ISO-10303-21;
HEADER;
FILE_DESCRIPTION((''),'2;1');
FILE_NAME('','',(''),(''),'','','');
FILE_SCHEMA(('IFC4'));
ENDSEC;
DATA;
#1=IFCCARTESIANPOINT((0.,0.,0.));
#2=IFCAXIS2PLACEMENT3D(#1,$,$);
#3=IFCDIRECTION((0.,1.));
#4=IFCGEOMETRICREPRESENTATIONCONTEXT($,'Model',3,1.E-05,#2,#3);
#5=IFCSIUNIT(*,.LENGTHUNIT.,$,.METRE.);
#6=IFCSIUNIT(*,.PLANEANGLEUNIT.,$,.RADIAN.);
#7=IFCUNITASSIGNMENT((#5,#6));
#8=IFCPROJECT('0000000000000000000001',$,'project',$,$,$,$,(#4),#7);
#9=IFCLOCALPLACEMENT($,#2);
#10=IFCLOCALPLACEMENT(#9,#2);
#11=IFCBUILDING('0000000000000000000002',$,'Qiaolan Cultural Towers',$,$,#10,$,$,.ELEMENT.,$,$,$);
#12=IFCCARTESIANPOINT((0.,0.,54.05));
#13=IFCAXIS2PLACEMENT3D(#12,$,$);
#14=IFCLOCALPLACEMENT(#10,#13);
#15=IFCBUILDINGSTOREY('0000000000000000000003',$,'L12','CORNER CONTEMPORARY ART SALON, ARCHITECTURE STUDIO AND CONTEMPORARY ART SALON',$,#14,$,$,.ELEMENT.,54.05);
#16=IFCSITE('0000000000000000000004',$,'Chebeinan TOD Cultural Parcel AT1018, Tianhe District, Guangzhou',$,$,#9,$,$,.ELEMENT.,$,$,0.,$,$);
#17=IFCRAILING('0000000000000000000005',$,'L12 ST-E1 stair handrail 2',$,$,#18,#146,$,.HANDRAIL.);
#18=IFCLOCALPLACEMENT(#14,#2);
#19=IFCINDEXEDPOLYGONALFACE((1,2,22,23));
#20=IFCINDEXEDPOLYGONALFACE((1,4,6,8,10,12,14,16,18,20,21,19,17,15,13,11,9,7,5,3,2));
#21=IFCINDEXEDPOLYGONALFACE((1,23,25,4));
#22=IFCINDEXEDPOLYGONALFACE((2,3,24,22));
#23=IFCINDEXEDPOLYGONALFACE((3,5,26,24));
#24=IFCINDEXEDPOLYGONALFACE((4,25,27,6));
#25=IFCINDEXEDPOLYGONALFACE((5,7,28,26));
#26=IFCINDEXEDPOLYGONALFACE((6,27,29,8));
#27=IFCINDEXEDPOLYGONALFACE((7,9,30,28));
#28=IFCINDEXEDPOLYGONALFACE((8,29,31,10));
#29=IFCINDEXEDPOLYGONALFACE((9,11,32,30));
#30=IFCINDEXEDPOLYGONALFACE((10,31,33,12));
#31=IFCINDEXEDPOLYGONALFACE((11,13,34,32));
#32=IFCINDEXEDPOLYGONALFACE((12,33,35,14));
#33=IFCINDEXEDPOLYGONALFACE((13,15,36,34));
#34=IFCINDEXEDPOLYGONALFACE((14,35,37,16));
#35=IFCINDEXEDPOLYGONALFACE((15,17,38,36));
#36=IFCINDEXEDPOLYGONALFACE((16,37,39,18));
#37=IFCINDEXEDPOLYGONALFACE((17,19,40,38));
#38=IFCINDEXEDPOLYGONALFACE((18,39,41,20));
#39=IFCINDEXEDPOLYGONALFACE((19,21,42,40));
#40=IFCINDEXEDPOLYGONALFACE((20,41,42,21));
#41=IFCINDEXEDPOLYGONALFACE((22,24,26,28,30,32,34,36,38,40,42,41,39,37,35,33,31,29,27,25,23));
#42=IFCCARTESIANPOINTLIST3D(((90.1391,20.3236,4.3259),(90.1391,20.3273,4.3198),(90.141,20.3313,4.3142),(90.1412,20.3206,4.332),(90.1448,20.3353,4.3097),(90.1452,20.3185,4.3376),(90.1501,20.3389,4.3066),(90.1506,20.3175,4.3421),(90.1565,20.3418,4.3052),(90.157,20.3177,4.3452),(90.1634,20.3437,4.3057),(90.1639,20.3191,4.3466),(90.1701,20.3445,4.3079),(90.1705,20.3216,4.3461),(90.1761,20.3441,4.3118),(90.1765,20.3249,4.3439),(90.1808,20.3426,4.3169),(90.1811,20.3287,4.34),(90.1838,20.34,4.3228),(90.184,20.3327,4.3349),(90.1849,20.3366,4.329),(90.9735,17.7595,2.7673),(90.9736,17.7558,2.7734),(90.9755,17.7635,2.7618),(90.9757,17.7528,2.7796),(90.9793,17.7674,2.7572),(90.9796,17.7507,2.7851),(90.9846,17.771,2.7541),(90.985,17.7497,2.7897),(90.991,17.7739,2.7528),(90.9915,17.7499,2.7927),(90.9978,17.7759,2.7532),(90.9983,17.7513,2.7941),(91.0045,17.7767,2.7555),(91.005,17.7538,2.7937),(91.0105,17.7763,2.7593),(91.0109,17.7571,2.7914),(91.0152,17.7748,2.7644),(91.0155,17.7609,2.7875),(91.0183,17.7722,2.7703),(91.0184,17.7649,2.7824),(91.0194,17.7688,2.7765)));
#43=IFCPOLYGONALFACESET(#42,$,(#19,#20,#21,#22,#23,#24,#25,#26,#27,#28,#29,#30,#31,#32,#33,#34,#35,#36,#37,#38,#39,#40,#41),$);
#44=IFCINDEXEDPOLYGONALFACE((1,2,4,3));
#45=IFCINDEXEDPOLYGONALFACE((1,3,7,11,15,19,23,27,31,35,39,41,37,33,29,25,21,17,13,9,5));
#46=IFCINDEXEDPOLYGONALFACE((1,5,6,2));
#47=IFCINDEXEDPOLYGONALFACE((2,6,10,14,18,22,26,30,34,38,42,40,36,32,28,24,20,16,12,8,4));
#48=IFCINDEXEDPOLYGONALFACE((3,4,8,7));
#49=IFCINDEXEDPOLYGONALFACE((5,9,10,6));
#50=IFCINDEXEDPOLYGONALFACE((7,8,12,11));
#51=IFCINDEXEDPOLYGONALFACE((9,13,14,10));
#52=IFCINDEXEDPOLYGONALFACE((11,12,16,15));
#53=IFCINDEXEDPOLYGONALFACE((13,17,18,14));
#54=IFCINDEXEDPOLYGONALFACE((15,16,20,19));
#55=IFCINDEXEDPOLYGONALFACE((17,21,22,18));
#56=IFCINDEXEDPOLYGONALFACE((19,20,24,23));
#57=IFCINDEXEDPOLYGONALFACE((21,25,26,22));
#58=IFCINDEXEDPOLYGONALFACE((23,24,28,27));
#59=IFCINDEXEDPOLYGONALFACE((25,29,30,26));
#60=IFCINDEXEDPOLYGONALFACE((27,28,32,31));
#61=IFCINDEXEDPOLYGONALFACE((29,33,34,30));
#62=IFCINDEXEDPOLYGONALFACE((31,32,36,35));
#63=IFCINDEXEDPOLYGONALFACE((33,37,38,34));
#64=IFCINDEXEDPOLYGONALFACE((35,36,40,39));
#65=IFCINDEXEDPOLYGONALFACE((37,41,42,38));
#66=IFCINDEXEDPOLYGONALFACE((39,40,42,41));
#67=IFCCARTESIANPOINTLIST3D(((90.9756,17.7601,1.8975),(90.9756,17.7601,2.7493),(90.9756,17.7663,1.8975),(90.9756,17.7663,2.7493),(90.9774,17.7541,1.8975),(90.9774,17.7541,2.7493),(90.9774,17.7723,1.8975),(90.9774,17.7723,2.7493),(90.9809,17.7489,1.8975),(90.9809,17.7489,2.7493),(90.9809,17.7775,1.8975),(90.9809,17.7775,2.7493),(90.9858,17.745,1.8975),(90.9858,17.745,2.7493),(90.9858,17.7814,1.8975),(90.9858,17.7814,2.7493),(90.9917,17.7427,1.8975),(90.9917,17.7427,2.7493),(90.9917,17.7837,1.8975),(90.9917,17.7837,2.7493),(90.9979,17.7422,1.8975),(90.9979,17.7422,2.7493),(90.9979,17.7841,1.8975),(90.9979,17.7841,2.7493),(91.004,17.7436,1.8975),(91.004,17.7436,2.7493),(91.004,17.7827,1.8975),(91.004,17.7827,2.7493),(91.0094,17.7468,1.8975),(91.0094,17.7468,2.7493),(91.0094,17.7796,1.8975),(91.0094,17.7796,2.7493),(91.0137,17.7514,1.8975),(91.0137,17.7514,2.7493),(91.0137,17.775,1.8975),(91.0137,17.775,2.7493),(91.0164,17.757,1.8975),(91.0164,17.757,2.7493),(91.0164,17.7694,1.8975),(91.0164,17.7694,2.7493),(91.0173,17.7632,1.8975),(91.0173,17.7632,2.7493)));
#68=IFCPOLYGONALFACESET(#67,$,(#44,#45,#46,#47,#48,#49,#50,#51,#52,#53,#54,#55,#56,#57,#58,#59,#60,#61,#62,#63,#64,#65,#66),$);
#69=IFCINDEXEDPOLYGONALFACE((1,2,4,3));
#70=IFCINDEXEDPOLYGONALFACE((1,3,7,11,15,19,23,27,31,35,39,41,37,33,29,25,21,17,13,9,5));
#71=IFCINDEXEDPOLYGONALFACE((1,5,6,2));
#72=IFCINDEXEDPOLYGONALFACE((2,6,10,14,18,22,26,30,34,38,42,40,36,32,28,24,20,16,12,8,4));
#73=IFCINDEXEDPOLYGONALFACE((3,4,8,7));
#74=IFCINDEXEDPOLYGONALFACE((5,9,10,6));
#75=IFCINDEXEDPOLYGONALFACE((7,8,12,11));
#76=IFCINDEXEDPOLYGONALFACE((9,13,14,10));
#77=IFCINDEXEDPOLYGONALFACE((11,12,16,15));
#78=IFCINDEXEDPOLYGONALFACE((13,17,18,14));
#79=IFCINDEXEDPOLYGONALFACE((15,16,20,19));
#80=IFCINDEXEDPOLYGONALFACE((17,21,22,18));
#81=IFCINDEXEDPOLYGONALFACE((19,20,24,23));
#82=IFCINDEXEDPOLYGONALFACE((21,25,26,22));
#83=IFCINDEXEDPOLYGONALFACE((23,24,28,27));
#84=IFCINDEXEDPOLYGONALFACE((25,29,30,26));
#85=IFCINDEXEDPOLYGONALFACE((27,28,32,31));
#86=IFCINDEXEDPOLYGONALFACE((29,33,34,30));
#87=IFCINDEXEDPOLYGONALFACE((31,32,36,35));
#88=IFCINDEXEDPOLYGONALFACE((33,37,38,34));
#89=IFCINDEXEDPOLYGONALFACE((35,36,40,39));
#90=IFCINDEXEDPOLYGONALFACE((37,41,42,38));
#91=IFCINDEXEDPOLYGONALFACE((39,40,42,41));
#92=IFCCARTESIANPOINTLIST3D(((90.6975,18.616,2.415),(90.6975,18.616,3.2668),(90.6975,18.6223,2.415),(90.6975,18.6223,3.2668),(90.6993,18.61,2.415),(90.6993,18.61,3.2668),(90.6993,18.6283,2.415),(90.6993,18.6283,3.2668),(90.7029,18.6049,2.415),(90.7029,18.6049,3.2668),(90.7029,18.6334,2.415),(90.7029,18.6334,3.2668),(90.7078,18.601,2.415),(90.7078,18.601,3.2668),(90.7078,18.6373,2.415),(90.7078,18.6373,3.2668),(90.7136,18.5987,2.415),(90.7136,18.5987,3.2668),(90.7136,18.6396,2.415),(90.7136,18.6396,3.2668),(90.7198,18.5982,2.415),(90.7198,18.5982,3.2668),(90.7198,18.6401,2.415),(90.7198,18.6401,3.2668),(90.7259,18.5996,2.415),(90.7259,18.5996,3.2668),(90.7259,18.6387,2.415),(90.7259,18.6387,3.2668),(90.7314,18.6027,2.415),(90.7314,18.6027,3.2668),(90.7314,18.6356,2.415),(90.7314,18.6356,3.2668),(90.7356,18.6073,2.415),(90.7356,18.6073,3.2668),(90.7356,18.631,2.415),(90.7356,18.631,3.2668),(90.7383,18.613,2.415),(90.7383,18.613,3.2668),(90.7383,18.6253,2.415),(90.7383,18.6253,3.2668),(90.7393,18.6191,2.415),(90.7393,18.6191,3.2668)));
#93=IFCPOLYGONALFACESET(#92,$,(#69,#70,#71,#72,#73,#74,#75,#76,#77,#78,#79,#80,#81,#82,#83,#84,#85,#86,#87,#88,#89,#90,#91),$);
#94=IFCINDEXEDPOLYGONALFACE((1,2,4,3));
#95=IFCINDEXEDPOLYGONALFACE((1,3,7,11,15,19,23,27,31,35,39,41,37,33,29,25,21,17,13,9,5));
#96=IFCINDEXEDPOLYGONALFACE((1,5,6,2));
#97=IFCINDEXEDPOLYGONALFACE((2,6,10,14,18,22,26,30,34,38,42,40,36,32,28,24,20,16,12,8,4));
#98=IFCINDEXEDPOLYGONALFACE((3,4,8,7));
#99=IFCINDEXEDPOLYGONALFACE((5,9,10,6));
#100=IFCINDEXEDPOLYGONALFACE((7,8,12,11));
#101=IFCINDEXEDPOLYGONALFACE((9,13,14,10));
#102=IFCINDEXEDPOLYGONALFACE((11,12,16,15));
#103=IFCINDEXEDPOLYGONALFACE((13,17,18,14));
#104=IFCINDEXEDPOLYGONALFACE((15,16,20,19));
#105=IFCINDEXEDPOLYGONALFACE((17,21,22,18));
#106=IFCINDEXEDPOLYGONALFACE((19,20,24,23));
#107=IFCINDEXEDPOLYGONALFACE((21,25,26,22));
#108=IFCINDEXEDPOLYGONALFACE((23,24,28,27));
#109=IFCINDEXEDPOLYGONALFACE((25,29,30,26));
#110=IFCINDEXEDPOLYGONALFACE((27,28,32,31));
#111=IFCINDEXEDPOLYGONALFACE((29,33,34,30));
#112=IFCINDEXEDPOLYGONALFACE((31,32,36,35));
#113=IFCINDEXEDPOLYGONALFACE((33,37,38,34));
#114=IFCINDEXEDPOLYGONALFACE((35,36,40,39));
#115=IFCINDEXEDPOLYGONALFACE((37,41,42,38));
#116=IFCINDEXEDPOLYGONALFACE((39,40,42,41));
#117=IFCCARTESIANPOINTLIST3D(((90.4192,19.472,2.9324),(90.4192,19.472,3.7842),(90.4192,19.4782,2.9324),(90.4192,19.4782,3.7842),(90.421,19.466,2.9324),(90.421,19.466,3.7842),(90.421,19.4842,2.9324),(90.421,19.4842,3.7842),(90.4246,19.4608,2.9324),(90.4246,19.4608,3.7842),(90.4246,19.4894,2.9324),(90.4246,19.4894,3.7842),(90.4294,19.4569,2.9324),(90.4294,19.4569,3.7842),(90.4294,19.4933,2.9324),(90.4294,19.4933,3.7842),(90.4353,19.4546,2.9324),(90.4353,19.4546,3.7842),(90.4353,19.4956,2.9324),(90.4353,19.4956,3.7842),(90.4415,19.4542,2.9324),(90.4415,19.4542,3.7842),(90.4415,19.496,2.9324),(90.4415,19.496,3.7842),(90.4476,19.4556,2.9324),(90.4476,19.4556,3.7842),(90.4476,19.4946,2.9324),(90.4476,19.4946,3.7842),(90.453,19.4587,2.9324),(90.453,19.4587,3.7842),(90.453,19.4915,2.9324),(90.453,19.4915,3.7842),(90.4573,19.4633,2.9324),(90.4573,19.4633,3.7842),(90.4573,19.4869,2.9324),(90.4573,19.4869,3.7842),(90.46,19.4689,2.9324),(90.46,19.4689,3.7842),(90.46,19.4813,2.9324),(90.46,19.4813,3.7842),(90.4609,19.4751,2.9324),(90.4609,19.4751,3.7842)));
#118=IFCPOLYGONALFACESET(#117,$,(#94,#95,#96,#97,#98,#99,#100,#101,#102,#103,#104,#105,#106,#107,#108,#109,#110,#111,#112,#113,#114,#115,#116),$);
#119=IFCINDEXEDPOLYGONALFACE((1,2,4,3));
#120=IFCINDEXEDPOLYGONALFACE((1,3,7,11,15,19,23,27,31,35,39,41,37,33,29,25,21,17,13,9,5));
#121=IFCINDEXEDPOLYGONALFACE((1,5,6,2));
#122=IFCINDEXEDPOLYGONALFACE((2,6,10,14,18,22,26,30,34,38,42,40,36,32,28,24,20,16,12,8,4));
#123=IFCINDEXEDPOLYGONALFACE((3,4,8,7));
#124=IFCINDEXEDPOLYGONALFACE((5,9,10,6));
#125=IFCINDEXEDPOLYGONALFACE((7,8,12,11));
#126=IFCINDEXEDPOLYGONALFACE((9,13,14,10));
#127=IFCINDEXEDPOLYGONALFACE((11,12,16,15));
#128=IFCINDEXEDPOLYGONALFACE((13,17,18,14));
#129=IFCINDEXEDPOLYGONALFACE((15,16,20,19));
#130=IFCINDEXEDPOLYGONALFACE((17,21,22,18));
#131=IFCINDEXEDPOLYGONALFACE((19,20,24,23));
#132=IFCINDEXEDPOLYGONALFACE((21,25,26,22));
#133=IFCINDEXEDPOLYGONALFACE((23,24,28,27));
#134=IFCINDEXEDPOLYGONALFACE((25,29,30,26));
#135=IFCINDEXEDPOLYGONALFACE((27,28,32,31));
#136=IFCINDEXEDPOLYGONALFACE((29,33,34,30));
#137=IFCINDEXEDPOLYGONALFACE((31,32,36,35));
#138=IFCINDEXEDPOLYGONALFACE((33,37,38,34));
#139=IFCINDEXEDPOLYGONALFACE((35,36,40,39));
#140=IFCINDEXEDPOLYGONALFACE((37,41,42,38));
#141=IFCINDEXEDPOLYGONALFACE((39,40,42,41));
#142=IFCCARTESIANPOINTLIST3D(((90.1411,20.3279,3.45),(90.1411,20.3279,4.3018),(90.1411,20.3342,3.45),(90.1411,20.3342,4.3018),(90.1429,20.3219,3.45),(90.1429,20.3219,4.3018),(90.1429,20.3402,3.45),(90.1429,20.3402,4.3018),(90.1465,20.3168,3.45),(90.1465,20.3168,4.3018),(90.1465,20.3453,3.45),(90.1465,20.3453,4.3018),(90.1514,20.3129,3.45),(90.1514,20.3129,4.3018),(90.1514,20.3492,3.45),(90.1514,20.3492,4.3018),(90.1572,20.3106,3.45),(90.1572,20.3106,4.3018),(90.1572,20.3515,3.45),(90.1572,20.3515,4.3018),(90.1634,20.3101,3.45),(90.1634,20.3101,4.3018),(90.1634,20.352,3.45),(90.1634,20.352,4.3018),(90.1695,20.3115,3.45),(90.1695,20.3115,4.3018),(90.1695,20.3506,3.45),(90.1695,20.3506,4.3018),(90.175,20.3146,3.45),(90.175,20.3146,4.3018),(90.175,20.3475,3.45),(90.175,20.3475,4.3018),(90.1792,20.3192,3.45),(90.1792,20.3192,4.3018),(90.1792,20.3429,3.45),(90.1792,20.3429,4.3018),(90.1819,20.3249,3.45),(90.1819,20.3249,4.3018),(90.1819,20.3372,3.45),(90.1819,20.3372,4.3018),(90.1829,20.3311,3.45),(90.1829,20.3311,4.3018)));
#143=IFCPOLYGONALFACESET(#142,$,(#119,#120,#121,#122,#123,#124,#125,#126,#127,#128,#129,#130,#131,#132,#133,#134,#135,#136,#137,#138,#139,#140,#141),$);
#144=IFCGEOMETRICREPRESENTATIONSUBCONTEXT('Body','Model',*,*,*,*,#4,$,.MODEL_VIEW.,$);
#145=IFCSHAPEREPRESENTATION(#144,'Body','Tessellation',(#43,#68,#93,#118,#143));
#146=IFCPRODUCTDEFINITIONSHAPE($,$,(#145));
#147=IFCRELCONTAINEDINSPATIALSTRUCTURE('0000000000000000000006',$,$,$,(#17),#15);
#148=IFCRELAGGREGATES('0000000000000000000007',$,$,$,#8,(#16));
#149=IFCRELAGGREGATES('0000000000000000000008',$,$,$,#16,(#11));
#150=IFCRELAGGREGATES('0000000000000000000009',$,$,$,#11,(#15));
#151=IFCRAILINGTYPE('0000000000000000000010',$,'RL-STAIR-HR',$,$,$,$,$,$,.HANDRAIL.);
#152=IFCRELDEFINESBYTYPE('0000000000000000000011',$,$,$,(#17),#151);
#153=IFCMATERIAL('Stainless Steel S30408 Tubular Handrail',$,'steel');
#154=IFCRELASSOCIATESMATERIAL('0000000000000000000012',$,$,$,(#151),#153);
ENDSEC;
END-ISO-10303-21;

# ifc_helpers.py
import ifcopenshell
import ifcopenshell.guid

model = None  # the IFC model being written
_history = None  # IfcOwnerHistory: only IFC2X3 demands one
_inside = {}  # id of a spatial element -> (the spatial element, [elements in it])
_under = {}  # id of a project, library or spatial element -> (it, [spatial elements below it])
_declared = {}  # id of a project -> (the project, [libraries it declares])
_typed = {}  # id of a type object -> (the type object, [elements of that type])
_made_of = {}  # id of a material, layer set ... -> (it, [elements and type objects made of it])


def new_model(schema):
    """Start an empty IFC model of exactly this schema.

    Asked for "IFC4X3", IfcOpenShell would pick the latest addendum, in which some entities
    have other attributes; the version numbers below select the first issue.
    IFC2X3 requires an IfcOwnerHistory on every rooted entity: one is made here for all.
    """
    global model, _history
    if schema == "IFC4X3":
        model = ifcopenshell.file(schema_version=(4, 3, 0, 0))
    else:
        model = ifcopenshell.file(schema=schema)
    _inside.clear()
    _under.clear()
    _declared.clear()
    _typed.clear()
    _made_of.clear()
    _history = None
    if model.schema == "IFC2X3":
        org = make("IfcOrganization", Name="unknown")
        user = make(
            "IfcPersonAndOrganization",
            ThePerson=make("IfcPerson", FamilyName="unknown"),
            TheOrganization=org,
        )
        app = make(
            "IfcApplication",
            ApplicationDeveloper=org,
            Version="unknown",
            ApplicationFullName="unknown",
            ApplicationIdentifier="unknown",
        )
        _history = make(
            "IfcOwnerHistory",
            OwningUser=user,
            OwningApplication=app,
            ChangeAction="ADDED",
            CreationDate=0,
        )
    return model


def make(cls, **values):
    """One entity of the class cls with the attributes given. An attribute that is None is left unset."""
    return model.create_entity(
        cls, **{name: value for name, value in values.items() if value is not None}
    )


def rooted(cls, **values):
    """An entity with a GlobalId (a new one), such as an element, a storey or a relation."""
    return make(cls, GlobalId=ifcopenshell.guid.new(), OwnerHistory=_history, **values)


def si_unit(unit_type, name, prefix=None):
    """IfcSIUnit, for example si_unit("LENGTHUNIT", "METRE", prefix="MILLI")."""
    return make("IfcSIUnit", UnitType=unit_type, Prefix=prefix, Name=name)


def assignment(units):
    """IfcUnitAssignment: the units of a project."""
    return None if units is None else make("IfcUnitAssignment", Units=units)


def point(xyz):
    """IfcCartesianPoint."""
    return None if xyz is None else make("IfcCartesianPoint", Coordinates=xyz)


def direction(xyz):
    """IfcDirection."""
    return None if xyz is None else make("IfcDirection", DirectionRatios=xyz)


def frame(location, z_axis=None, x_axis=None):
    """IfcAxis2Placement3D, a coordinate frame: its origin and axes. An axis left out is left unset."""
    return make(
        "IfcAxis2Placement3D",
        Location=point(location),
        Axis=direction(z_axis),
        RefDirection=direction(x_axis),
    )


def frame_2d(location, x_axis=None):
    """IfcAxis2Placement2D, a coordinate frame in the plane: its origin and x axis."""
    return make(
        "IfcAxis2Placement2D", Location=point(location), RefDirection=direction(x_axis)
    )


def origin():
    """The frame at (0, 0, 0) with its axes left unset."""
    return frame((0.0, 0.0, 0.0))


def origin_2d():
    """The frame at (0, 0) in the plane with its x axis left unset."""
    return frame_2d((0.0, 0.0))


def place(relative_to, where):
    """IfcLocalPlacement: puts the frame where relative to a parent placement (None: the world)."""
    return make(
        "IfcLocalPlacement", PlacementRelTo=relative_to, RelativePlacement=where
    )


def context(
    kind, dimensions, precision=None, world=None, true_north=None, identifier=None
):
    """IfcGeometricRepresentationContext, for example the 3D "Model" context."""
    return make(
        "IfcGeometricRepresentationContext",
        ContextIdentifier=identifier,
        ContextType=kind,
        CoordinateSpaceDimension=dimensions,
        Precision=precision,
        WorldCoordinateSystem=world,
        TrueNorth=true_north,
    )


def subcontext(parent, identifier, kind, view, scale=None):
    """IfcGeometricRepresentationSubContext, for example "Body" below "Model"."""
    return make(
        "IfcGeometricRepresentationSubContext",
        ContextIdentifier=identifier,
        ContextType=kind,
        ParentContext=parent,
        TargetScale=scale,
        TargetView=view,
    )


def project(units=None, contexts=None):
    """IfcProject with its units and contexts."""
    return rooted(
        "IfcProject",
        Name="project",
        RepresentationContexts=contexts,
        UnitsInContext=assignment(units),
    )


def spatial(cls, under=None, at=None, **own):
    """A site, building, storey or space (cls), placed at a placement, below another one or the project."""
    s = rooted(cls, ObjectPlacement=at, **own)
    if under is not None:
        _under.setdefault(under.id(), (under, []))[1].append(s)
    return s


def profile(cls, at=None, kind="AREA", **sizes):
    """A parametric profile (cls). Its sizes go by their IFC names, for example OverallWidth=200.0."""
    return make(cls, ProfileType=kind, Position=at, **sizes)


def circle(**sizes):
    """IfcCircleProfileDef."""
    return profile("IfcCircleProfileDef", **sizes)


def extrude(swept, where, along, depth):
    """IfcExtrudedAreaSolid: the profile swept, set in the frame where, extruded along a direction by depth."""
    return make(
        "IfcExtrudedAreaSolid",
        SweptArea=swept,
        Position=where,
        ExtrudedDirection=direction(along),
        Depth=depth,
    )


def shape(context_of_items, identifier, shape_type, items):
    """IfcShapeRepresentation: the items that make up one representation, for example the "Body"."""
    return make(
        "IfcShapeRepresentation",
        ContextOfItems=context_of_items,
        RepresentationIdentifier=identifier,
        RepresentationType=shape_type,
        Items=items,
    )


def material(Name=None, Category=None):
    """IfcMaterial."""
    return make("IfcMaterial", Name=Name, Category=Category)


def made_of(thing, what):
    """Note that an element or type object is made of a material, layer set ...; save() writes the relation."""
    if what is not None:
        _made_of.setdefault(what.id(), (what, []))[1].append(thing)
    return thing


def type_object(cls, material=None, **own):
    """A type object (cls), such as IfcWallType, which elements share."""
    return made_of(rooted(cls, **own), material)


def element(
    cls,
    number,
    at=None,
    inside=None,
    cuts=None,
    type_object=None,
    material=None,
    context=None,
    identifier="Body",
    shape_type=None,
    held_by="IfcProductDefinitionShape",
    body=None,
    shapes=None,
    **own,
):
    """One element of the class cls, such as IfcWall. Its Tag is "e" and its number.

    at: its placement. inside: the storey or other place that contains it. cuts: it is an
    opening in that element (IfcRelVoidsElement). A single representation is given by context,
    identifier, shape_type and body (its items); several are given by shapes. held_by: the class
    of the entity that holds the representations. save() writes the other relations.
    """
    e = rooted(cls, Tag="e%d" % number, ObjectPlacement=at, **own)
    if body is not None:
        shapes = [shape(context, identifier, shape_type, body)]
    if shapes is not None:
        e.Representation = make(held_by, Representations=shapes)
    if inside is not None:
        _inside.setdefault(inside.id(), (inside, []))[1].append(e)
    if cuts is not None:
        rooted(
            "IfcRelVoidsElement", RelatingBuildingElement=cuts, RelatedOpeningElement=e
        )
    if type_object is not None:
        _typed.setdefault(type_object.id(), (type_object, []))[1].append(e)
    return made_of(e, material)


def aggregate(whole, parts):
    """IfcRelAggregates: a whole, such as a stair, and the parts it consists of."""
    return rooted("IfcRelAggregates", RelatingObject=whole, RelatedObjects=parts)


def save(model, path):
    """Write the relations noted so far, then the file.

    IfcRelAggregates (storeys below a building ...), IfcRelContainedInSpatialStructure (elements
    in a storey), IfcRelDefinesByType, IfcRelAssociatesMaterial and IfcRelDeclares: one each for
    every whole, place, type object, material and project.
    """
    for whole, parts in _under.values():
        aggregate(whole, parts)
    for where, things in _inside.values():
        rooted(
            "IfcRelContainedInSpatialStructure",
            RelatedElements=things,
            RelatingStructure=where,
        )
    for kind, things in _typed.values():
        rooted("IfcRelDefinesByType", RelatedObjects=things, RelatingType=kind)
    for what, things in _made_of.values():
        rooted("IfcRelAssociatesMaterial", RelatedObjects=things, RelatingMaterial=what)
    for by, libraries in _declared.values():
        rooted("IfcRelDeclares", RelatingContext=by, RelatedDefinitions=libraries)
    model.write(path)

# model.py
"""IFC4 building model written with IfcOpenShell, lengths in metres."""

from ifc_helpers import new_model, si_unit, direction, frame, origin, origin_2d, place, context, subcontext, project, spatial, circle, extrude, material, type_object, element, save


model = new_model("IFC4")

# Units and contexts
model_context = context("Model", 3, precision=1e-05, world=origin(), true_north=direction((0.0, 1.0)))
body_context = subcontext(model_context, "Body", "Model", "MODEL_VIEW")
ifc_project = project(units=[si_unit("LENGTHUNIT", "METRE"), si_unit("PLANEANGLEUNIT", "RADIAN")], contexts=[model_context])

# Site, building, storey
site_placement = place(None, origin())
site = spatial("IfcSite", under=ifc_project, at=site_placement, Name="Chebeinan TOD Cultural Parcel AT1018, Tianhe District, Guangzhou", CompositionType="ELEMENT", RefElevation=0.0)
building_placement = place(site_placement, origin())
building = spatial("IfcBuilding", under=site, at=building_placement, Name="Qiaolan Cultural Towers", CompositionType="ELEMENT")
storey_placement = place(building_placement, frame((0.0, 0.0, 54.05)))
storey = spatial("IfcBuildingStorey", under=building, at=storey_placement, Name="L12", Description="CORNER CONTEMPORARY ART SALON, ARCHITECTURE STUDIO AND CONTEMPORARY ART SALON", CompositionType="ELEMENT", Elevation=54.05)

# Railing
ifc_material_1 = material(Name="Stainless Steel S30408 Tubular Handrail", Category="steel")
railing_type_1 = type_object("IfcRailingType", Name="RL-STAIR-HR", PredefinedType="HANDRAIL", material=ifc_material_1)
railing_1_placement = place(storey_placement, frame((90.9963, 17.7632, 1.8975)))
element("IfcRailing", 1, at=railing_1_placement, inside=storey, type_object=railing_type_1, Name="L12 ST-E1 stair handrail 2", PredefinedType="HANDRAIL", context=body_context, shape_type="SweptSolid", body=[
    extrude(circle(Radius=0.0239, at=origin_2d()), frame((0.0, 0.0, 0.876), z_axis=(-0.267926, 0.824471, 0.498461), x_axis=(-0.951043, -0.309057, 0.0)), (0.0, 0.0, 1.0), 3.1145),
    extrude(circle(Radius=0.021, at=origin_2d()), origin(), (0.0, 0.0, 1.0), 0.8518),
    extrude(circle(Radius=0.021, at=origin_2d()), frame((-0.2781, 0.856, 0.5176)), (0.0, 0.0, 1.0), 0.8518),
    extrude(circle(Radius=0.021, at=origin_2d()), frame((-0.5564, 1.7119, 1.0349)), (0.0, 0.0, 1.0), 0.8518),
    extrude(circle(Radius=0.021, at=origin_2d()), frame((-0.8345, 2.5679, 1.5525)), (0.0, 0.0, 1.0), 0.8518),
])

save(model, "model.ifc")
